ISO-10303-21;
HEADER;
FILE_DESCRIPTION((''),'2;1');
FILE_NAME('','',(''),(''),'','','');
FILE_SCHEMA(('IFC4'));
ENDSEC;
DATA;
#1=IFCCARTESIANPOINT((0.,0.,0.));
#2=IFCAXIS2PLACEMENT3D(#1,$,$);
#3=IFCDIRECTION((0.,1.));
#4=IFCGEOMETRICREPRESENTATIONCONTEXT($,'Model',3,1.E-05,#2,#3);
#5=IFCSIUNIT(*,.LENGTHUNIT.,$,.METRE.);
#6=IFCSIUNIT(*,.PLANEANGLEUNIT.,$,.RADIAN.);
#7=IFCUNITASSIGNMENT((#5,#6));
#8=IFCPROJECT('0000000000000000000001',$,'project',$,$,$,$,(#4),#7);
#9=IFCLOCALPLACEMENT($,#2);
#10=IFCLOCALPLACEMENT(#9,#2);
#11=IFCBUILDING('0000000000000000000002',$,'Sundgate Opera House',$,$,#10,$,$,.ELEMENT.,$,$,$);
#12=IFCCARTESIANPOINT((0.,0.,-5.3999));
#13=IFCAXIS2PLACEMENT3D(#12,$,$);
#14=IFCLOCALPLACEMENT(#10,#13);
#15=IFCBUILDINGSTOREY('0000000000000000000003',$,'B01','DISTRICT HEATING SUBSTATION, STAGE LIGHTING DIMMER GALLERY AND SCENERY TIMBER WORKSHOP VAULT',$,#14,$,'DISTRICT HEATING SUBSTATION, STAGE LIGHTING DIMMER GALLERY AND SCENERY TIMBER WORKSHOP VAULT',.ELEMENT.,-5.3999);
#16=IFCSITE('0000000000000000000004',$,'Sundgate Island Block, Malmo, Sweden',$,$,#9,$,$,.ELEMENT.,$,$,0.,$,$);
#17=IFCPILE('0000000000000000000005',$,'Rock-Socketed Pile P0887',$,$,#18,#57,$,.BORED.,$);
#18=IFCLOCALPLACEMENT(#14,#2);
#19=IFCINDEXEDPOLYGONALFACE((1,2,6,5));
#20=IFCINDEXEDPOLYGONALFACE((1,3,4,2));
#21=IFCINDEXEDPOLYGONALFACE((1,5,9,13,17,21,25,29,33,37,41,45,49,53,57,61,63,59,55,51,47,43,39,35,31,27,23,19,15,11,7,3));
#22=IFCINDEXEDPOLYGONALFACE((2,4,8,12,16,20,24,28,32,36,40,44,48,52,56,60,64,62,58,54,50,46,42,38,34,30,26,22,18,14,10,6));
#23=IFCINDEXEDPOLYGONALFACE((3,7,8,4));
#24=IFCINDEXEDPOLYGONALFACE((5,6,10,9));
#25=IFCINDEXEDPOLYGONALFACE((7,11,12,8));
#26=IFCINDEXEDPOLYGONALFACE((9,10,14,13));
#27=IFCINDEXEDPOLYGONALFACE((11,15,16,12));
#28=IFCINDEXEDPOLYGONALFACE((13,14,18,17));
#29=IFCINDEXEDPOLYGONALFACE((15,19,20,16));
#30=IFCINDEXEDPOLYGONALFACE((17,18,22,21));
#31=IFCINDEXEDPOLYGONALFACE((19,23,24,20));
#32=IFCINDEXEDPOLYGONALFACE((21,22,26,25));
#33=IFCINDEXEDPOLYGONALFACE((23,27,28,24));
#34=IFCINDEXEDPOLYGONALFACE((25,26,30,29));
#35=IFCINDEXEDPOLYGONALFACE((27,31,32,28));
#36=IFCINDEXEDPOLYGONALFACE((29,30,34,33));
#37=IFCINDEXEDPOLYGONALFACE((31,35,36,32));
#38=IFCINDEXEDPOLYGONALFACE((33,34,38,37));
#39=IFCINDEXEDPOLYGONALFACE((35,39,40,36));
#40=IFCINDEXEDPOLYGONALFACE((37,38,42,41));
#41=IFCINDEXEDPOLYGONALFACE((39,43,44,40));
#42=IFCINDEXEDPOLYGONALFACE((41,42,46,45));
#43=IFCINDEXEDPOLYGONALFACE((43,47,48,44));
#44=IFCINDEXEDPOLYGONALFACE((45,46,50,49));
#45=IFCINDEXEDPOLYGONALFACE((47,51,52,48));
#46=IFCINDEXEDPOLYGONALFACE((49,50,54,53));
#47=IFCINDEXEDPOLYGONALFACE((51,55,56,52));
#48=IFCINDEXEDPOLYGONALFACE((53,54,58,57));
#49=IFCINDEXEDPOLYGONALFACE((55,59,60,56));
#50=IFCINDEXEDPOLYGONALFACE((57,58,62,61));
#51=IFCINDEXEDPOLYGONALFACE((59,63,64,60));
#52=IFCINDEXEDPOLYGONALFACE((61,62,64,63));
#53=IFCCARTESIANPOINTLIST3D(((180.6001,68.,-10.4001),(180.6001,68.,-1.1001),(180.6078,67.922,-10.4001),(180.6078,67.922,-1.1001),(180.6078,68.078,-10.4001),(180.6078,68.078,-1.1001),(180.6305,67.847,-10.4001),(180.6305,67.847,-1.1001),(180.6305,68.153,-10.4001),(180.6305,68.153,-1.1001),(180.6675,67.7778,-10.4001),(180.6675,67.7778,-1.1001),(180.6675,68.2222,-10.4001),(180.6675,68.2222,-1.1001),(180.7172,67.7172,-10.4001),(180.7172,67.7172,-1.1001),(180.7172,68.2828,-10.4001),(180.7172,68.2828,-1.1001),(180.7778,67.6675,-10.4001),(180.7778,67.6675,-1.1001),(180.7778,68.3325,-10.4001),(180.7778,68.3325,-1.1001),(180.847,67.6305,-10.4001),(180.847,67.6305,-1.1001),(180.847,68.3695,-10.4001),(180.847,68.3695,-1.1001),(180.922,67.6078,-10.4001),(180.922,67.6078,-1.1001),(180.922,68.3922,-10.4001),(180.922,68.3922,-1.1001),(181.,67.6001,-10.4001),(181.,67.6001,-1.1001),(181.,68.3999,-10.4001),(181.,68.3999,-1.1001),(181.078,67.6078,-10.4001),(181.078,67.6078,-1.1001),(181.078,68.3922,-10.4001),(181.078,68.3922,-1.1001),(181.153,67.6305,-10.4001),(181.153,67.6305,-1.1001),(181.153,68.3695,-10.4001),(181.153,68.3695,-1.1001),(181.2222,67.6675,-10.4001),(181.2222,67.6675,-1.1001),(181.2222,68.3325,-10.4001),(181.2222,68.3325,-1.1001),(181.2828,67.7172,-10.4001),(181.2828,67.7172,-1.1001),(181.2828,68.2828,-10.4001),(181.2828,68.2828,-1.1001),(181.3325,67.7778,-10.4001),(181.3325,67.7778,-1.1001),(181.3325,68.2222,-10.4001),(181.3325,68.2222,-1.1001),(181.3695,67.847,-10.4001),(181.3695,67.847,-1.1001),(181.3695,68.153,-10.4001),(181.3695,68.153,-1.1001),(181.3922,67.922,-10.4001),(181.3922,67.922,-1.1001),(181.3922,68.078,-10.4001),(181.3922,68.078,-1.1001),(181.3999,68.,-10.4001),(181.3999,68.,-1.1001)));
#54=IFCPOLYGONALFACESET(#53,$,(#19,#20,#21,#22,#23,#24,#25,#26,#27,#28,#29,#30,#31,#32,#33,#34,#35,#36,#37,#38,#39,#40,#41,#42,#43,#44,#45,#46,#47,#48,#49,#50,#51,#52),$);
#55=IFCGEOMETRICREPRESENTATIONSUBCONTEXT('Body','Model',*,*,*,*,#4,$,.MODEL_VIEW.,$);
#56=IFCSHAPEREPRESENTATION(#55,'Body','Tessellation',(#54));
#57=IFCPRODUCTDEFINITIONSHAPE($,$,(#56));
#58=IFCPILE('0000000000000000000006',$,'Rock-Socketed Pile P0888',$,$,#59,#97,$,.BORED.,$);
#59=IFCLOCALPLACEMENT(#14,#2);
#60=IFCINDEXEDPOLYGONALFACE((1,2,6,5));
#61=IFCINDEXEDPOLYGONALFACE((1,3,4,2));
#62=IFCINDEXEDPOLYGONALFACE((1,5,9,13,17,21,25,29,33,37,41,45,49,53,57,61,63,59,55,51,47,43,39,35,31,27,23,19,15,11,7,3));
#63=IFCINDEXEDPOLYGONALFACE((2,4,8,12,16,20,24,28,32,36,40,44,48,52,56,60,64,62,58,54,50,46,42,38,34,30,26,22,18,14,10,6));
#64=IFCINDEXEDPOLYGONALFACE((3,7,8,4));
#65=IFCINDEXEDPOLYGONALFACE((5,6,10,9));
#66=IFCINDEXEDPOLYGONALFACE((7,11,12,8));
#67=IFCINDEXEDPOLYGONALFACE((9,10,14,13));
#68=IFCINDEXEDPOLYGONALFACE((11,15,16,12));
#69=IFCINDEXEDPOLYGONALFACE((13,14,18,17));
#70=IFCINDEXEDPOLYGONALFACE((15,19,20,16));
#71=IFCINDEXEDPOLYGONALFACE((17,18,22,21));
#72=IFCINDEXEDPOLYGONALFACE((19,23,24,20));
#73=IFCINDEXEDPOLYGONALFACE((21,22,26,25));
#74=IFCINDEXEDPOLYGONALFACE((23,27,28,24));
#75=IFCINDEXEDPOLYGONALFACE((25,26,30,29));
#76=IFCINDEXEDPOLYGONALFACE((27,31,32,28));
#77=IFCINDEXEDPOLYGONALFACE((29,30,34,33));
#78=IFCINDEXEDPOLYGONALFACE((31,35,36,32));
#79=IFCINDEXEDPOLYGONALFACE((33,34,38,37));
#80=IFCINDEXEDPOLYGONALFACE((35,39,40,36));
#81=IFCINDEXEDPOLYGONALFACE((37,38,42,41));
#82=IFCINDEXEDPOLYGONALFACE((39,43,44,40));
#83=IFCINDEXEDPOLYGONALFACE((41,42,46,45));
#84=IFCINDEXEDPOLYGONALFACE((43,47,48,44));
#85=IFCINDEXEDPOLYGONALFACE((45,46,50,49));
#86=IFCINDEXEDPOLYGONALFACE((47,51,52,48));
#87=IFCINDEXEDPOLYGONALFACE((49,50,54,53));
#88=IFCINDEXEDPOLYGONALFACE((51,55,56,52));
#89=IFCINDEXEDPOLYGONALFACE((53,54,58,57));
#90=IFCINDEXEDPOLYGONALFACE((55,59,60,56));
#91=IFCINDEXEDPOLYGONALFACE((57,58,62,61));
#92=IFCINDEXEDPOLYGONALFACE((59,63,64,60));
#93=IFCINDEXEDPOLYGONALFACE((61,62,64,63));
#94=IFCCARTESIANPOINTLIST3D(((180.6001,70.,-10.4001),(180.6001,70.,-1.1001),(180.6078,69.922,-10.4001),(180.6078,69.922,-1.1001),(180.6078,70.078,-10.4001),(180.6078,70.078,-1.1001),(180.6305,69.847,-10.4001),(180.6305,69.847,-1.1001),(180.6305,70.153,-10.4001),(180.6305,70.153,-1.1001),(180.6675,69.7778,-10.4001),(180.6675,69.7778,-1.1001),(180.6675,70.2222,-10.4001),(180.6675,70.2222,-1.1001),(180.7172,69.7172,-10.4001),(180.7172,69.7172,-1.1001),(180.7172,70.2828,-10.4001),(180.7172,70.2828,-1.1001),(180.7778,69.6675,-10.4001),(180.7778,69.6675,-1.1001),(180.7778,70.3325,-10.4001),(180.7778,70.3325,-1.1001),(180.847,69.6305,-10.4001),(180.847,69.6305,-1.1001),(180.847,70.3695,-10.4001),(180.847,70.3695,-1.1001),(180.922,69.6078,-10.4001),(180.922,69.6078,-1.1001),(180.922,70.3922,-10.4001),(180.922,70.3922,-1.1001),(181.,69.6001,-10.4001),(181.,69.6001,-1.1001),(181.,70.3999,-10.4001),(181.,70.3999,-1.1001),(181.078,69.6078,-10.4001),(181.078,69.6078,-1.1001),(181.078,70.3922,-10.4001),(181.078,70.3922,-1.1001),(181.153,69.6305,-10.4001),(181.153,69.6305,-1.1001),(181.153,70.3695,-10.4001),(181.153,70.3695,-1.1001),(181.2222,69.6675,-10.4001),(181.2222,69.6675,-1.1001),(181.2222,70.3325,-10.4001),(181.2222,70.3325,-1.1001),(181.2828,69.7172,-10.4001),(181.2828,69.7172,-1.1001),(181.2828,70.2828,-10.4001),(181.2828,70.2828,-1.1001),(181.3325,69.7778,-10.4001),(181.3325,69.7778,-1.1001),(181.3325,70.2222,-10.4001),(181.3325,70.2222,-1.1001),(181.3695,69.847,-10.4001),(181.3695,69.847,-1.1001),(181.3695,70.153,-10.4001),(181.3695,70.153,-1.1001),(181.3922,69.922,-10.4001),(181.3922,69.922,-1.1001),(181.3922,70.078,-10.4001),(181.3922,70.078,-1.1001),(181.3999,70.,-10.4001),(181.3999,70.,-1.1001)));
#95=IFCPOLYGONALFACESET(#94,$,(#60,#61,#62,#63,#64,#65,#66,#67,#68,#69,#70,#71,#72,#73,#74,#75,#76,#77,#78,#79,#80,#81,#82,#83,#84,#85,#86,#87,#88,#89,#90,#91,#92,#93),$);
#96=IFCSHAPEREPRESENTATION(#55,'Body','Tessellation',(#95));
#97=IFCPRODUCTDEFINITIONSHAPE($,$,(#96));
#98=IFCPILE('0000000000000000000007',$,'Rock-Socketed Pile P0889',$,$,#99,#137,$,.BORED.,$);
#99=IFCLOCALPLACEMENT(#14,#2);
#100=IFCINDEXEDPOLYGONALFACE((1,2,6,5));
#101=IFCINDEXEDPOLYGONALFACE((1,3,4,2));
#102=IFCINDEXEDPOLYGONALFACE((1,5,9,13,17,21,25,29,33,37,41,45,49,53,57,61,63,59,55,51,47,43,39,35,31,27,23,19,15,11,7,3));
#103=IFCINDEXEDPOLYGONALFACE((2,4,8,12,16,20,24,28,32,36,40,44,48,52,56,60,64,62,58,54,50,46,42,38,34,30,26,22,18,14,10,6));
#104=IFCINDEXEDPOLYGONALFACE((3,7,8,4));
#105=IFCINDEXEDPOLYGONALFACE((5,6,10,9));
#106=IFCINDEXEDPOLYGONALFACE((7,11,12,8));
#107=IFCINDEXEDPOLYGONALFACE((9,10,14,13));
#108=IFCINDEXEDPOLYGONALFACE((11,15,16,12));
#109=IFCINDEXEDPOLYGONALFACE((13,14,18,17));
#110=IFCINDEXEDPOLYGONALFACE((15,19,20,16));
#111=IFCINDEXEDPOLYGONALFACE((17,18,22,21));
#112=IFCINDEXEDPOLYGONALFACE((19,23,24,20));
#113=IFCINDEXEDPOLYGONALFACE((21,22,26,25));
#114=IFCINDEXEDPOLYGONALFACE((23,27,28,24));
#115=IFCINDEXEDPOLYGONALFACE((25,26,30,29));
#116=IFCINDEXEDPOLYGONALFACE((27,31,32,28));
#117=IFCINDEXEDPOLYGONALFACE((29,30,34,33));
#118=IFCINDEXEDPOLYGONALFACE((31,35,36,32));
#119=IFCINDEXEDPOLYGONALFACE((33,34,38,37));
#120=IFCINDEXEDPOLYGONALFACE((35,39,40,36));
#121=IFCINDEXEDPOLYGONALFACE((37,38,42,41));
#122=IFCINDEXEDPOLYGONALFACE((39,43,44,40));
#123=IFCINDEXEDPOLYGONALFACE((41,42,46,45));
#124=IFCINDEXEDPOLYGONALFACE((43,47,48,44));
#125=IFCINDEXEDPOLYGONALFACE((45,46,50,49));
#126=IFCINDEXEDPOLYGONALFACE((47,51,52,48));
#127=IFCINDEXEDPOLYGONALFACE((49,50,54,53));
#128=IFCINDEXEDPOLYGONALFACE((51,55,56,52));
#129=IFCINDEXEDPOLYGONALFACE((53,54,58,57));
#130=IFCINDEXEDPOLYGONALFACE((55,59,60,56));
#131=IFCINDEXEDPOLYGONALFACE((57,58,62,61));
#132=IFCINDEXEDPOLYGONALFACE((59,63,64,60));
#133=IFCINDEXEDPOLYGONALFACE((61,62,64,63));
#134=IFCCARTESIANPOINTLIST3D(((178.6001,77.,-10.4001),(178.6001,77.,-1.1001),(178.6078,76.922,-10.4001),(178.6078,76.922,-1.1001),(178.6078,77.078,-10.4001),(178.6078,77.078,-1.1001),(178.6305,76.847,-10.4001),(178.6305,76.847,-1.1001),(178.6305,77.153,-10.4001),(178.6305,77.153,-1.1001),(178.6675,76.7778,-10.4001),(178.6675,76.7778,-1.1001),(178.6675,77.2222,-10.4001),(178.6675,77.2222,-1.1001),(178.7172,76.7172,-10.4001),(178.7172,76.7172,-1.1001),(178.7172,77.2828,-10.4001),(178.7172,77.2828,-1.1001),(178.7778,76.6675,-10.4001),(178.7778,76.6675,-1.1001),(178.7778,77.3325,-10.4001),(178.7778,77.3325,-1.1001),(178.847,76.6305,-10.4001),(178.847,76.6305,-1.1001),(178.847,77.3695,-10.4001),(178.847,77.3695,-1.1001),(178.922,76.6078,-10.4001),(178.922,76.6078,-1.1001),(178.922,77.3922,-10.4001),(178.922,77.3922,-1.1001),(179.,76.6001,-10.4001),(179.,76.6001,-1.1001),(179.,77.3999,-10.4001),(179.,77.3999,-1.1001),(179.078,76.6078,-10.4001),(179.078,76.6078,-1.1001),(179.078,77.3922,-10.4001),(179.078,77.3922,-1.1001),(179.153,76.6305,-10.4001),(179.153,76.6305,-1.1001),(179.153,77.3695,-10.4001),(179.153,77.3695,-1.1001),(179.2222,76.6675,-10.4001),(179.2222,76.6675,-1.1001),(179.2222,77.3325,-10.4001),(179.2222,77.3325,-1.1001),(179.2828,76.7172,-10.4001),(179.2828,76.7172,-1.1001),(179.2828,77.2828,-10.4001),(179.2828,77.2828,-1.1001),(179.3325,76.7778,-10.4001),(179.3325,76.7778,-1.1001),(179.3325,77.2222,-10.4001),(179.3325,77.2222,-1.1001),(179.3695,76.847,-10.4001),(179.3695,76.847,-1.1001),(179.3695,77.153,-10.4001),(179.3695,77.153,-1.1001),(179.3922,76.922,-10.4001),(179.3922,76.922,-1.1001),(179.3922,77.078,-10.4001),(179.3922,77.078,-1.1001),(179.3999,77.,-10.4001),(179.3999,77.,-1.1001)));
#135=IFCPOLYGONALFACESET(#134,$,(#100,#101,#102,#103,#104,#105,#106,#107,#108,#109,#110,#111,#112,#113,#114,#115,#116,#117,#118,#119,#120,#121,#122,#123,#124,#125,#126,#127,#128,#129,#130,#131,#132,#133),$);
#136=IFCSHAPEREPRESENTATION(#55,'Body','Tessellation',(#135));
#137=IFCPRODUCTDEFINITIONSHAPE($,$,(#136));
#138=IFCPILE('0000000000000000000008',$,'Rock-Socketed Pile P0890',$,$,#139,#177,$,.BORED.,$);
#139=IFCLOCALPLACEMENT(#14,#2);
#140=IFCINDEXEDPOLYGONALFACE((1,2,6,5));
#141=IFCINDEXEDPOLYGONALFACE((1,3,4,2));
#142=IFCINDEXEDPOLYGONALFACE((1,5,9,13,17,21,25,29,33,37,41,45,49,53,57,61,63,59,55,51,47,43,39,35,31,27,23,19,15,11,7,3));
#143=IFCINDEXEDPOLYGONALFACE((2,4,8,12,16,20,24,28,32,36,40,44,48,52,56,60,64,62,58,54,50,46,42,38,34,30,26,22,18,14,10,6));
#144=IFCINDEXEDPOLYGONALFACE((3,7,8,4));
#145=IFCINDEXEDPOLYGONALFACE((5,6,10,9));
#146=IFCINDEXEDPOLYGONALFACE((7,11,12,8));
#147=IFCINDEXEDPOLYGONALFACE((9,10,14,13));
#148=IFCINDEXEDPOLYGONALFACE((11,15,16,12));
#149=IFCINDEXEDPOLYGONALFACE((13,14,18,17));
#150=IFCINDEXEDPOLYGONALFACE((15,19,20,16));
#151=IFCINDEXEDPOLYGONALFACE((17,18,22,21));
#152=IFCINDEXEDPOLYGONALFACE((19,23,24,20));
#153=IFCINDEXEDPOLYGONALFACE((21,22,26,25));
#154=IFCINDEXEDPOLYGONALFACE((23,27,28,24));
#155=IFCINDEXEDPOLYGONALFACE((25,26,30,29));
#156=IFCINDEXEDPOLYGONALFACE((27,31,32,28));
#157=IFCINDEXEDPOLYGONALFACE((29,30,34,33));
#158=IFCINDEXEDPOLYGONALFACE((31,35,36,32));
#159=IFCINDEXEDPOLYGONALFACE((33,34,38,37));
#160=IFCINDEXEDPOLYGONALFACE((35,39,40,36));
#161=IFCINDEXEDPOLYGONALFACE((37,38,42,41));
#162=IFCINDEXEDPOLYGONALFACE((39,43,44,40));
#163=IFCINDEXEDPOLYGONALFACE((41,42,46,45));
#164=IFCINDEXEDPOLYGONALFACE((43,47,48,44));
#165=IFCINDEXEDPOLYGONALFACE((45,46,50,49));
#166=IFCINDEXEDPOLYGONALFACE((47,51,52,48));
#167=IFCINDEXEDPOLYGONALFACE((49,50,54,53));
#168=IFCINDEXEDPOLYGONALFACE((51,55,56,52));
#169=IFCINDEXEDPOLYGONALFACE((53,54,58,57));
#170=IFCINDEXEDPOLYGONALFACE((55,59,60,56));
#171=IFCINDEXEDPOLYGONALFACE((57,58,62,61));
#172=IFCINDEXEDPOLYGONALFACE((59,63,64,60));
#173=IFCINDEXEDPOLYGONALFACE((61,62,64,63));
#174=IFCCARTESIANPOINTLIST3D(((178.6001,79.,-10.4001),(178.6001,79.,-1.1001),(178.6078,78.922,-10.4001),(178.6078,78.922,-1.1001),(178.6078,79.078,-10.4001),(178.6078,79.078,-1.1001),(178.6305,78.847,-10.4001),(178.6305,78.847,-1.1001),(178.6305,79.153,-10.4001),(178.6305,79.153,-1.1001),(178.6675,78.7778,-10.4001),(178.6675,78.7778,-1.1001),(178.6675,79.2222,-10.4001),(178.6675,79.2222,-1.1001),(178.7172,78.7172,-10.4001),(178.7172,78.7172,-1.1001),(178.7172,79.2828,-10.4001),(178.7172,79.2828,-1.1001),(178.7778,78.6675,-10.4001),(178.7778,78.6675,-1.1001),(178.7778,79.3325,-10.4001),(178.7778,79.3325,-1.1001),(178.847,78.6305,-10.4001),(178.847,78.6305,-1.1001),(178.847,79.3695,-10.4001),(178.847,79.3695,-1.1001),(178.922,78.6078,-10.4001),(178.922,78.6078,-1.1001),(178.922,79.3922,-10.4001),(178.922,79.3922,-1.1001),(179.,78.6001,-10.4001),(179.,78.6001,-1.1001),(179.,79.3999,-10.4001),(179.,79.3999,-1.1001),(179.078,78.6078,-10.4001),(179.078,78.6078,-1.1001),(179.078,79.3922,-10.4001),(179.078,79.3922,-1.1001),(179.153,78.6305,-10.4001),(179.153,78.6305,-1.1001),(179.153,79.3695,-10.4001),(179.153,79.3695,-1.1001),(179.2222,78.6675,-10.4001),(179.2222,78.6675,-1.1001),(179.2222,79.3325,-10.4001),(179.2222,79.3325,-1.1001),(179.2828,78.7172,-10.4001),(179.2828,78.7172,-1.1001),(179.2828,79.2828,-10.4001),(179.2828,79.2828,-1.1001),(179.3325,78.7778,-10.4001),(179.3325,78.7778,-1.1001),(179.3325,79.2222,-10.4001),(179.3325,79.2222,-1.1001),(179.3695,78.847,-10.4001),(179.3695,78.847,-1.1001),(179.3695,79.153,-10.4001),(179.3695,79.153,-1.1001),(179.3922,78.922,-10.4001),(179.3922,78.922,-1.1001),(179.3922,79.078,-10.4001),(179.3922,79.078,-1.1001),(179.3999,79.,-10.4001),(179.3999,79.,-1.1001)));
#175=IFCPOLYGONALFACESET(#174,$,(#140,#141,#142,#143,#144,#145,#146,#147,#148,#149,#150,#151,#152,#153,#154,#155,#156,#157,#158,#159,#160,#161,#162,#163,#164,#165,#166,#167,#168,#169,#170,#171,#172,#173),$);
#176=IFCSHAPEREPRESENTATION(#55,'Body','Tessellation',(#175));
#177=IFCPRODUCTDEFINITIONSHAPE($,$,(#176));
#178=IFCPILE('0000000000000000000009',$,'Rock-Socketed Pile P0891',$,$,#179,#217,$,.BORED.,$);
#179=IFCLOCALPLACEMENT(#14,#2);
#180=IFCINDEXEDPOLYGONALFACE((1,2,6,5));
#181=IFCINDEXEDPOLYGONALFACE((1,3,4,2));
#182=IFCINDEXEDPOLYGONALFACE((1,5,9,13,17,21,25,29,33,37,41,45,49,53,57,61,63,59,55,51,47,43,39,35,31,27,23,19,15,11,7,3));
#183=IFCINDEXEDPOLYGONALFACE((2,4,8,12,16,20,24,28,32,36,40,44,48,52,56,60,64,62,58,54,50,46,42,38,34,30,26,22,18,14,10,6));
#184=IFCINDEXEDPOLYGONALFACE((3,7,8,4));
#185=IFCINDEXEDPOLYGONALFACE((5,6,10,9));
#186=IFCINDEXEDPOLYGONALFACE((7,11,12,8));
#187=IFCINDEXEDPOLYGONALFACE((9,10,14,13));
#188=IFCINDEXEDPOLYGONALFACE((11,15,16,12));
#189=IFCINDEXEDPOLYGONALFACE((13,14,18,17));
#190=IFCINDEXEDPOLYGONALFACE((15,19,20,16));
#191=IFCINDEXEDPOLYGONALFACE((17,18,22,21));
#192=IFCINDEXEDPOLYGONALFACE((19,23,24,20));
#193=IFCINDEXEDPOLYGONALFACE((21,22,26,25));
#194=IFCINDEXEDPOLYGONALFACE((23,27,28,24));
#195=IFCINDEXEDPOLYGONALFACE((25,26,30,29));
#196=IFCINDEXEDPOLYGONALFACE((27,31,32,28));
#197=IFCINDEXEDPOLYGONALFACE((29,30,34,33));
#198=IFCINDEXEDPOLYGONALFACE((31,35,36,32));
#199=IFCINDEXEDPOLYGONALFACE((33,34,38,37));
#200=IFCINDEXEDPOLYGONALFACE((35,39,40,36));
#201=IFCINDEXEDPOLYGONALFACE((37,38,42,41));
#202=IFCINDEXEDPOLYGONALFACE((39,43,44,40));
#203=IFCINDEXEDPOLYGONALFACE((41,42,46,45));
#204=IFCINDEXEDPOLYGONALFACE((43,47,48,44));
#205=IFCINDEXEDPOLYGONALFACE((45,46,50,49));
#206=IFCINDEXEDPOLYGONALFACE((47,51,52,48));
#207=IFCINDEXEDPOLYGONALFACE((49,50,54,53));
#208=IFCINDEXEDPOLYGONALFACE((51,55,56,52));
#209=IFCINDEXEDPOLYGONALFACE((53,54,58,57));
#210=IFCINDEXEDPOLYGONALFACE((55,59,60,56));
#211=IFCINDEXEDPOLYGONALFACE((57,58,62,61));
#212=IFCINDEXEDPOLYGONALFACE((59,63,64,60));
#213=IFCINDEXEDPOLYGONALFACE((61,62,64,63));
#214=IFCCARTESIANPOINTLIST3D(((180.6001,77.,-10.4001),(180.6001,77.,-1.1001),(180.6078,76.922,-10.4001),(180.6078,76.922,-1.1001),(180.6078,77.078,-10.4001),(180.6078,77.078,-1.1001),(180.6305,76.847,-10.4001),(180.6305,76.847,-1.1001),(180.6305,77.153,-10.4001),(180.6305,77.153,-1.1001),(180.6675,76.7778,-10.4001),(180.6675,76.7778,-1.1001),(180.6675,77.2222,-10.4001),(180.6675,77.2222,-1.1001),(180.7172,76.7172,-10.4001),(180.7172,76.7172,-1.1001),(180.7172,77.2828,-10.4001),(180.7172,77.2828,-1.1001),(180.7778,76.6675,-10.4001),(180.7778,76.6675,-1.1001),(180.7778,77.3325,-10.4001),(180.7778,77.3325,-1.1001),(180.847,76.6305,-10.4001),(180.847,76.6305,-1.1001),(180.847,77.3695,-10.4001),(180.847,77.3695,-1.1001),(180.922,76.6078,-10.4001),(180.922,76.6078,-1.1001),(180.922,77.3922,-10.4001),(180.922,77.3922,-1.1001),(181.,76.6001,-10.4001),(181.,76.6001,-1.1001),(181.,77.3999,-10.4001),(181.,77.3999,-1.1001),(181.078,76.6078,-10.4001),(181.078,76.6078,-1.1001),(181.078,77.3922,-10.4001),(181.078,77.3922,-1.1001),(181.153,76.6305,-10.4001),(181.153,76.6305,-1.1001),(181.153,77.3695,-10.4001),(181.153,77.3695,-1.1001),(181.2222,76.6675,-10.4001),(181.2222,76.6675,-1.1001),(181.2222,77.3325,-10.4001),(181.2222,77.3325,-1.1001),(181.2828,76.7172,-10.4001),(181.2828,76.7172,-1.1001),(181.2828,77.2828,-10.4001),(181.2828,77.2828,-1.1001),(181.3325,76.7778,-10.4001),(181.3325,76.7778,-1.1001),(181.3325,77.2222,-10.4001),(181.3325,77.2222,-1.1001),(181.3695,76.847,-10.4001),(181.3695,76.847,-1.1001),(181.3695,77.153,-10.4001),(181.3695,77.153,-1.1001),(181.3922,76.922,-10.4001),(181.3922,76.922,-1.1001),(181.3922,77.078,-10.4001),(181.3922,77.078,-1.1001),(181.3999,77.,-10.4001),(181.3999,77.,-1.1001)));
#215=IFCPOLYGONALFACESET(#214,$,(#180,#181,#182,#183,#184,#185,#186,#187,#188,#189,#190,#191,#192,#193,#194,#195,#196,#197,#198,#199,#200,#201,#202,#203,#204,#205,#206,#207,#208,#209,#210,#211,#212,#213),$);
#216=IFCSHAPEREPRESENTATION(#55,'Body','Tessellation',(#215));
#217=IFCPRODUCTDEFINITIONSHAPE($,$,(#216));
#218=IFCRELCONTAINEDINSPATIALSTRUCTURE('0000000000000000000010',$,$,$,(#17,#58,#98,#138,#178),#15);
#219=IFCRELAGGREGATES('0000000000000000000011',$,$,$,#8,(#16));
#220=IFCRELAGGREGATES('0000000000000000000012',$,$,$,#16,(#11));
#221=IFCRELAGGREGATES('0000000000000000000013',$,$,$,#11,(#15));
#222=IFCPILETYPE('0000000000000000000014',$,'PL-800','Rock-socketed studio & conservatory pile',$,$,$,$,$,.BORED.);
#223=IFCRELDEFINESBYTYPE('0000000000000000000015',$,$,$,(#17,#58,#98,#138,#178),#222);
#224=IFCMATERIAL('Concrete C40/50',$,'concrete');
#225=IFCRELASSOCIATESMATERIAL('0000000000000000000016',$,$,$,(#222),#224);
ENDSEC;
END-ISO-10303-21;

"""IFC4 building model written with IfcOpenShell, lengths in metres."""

from ifc_helpers import new_model, si_unit, direction, frame, origin, origin_2d, place, context, subcontext, project, spatial, circle, extrude, material, material_profile, profile_set, type_object, element, save


model = new_model("IFC4")

# Units and contexts
model_context = context("Model", 3, precision=1e-05, world=origin(), true_north=direction((0.0, 1.0)))
body_context = subcontext(model_context, "Body", "Model", "MODEL_VIEW")
ifc_project = project(units=[si_unit("LENGTHUNIT", "METRE"), si_unit("PLANEANGLEUNIT", "RADIAN")], contexts=[model_context])

# Site, building, storey
site_placement = place(None, origin())
site = spatial("IfcSite", under=ifc_project, at=site_placement, Name="Sundgate Island Block, Malmo, Sweden", CompositionType="ELEMENT", RefElevation=0.0)
building_placement = place(site_placement, origin())
building = spatial("IfcBuilding", under=site, at=building_placement, Name="Sundgate Opera House", CompositionType="ELEMENT")
storey_placement = place(building_placement, frame((0.0, 0.0, -5.3999)))
storey = spatial("IfcBuildingStorey", under=building, at=storey_placement, Name="B01", Description="DISTRICT HEATING SUBSTATION, STAGE LIGHTING DIMMER GALLERY AND SCENERY TIMBER WORKSHOP VAULT", LongName="DISTRICT HEATING SUBSTATION, STAGE LIGHTING DIMMER GALLERY AND SCENERY TIMBER WORKSHOP VAULT", CompositionType="ELEMENT", Elevation=-5.3999)

# Piles
ifc_material_1 = material(Name="Concrete C40/50", Category="concrete")
ifc_material_profile_1 = material_profile(ifc_material_1, circle(Radius=0.3999, at=origin_2d()), Name="PILE D800")
ifc_profile_set_1 = profile_set([ifc_material_profile_1], Name="Concrete C40/50")
pile_type = type_object("IfcPileType", Name="PL-800", Description="Rock-socketed studio & conservatory pile", PredefinedType="BORED", material=ifc_profile_set_1)
for number, where, z_axis, x_axis, name in (
    (1, (181.0, 68.0, -1.1001), (0.0, 0.0, -1.0), (1.0, 0.0, 0.0), "Rock-Socketed Pile P0887"),
    (2, (181.0, 70.0, -1.1001), (0.0, 0.0, -1.0), (1.0, 0.0, 0.0), "Rock-Socketed Pile P0888"),
    (3, (179.0, 77.0, -1.1001), (0.0, 0.0, -1.0), (1.0, 0.0, 0.0), "Rock-Socketed Pile P0889"),
    (4, (179.0, 79.0, -1.1001), (0.0, 0.0, -1.0), (1.0, 0.0, 0.0), "Rock-Socketed Pile P0890"),
    (5, (181.0, 77.0, -1.1001), (0.0, 0.0, -1.0), (1.0, 0.0, 0.0), "Rock-Socketed Pile P0891"),
):
    element("IfcPile", number, at=place(storey_placement, frame(where, z_axis=z_axis, x_axis=x_axis)), inside=storey, type_object=pile_type, Name=name, PredefinedType="BORED", context=body_context, shape_type="SweptSolid", body=[
        extrude(circle(Radius=0.3999, at=origin_2d()), origin(), (0.0, 0.0, 1.0), 9.3),
    ])

save(model, "model.ifc")
